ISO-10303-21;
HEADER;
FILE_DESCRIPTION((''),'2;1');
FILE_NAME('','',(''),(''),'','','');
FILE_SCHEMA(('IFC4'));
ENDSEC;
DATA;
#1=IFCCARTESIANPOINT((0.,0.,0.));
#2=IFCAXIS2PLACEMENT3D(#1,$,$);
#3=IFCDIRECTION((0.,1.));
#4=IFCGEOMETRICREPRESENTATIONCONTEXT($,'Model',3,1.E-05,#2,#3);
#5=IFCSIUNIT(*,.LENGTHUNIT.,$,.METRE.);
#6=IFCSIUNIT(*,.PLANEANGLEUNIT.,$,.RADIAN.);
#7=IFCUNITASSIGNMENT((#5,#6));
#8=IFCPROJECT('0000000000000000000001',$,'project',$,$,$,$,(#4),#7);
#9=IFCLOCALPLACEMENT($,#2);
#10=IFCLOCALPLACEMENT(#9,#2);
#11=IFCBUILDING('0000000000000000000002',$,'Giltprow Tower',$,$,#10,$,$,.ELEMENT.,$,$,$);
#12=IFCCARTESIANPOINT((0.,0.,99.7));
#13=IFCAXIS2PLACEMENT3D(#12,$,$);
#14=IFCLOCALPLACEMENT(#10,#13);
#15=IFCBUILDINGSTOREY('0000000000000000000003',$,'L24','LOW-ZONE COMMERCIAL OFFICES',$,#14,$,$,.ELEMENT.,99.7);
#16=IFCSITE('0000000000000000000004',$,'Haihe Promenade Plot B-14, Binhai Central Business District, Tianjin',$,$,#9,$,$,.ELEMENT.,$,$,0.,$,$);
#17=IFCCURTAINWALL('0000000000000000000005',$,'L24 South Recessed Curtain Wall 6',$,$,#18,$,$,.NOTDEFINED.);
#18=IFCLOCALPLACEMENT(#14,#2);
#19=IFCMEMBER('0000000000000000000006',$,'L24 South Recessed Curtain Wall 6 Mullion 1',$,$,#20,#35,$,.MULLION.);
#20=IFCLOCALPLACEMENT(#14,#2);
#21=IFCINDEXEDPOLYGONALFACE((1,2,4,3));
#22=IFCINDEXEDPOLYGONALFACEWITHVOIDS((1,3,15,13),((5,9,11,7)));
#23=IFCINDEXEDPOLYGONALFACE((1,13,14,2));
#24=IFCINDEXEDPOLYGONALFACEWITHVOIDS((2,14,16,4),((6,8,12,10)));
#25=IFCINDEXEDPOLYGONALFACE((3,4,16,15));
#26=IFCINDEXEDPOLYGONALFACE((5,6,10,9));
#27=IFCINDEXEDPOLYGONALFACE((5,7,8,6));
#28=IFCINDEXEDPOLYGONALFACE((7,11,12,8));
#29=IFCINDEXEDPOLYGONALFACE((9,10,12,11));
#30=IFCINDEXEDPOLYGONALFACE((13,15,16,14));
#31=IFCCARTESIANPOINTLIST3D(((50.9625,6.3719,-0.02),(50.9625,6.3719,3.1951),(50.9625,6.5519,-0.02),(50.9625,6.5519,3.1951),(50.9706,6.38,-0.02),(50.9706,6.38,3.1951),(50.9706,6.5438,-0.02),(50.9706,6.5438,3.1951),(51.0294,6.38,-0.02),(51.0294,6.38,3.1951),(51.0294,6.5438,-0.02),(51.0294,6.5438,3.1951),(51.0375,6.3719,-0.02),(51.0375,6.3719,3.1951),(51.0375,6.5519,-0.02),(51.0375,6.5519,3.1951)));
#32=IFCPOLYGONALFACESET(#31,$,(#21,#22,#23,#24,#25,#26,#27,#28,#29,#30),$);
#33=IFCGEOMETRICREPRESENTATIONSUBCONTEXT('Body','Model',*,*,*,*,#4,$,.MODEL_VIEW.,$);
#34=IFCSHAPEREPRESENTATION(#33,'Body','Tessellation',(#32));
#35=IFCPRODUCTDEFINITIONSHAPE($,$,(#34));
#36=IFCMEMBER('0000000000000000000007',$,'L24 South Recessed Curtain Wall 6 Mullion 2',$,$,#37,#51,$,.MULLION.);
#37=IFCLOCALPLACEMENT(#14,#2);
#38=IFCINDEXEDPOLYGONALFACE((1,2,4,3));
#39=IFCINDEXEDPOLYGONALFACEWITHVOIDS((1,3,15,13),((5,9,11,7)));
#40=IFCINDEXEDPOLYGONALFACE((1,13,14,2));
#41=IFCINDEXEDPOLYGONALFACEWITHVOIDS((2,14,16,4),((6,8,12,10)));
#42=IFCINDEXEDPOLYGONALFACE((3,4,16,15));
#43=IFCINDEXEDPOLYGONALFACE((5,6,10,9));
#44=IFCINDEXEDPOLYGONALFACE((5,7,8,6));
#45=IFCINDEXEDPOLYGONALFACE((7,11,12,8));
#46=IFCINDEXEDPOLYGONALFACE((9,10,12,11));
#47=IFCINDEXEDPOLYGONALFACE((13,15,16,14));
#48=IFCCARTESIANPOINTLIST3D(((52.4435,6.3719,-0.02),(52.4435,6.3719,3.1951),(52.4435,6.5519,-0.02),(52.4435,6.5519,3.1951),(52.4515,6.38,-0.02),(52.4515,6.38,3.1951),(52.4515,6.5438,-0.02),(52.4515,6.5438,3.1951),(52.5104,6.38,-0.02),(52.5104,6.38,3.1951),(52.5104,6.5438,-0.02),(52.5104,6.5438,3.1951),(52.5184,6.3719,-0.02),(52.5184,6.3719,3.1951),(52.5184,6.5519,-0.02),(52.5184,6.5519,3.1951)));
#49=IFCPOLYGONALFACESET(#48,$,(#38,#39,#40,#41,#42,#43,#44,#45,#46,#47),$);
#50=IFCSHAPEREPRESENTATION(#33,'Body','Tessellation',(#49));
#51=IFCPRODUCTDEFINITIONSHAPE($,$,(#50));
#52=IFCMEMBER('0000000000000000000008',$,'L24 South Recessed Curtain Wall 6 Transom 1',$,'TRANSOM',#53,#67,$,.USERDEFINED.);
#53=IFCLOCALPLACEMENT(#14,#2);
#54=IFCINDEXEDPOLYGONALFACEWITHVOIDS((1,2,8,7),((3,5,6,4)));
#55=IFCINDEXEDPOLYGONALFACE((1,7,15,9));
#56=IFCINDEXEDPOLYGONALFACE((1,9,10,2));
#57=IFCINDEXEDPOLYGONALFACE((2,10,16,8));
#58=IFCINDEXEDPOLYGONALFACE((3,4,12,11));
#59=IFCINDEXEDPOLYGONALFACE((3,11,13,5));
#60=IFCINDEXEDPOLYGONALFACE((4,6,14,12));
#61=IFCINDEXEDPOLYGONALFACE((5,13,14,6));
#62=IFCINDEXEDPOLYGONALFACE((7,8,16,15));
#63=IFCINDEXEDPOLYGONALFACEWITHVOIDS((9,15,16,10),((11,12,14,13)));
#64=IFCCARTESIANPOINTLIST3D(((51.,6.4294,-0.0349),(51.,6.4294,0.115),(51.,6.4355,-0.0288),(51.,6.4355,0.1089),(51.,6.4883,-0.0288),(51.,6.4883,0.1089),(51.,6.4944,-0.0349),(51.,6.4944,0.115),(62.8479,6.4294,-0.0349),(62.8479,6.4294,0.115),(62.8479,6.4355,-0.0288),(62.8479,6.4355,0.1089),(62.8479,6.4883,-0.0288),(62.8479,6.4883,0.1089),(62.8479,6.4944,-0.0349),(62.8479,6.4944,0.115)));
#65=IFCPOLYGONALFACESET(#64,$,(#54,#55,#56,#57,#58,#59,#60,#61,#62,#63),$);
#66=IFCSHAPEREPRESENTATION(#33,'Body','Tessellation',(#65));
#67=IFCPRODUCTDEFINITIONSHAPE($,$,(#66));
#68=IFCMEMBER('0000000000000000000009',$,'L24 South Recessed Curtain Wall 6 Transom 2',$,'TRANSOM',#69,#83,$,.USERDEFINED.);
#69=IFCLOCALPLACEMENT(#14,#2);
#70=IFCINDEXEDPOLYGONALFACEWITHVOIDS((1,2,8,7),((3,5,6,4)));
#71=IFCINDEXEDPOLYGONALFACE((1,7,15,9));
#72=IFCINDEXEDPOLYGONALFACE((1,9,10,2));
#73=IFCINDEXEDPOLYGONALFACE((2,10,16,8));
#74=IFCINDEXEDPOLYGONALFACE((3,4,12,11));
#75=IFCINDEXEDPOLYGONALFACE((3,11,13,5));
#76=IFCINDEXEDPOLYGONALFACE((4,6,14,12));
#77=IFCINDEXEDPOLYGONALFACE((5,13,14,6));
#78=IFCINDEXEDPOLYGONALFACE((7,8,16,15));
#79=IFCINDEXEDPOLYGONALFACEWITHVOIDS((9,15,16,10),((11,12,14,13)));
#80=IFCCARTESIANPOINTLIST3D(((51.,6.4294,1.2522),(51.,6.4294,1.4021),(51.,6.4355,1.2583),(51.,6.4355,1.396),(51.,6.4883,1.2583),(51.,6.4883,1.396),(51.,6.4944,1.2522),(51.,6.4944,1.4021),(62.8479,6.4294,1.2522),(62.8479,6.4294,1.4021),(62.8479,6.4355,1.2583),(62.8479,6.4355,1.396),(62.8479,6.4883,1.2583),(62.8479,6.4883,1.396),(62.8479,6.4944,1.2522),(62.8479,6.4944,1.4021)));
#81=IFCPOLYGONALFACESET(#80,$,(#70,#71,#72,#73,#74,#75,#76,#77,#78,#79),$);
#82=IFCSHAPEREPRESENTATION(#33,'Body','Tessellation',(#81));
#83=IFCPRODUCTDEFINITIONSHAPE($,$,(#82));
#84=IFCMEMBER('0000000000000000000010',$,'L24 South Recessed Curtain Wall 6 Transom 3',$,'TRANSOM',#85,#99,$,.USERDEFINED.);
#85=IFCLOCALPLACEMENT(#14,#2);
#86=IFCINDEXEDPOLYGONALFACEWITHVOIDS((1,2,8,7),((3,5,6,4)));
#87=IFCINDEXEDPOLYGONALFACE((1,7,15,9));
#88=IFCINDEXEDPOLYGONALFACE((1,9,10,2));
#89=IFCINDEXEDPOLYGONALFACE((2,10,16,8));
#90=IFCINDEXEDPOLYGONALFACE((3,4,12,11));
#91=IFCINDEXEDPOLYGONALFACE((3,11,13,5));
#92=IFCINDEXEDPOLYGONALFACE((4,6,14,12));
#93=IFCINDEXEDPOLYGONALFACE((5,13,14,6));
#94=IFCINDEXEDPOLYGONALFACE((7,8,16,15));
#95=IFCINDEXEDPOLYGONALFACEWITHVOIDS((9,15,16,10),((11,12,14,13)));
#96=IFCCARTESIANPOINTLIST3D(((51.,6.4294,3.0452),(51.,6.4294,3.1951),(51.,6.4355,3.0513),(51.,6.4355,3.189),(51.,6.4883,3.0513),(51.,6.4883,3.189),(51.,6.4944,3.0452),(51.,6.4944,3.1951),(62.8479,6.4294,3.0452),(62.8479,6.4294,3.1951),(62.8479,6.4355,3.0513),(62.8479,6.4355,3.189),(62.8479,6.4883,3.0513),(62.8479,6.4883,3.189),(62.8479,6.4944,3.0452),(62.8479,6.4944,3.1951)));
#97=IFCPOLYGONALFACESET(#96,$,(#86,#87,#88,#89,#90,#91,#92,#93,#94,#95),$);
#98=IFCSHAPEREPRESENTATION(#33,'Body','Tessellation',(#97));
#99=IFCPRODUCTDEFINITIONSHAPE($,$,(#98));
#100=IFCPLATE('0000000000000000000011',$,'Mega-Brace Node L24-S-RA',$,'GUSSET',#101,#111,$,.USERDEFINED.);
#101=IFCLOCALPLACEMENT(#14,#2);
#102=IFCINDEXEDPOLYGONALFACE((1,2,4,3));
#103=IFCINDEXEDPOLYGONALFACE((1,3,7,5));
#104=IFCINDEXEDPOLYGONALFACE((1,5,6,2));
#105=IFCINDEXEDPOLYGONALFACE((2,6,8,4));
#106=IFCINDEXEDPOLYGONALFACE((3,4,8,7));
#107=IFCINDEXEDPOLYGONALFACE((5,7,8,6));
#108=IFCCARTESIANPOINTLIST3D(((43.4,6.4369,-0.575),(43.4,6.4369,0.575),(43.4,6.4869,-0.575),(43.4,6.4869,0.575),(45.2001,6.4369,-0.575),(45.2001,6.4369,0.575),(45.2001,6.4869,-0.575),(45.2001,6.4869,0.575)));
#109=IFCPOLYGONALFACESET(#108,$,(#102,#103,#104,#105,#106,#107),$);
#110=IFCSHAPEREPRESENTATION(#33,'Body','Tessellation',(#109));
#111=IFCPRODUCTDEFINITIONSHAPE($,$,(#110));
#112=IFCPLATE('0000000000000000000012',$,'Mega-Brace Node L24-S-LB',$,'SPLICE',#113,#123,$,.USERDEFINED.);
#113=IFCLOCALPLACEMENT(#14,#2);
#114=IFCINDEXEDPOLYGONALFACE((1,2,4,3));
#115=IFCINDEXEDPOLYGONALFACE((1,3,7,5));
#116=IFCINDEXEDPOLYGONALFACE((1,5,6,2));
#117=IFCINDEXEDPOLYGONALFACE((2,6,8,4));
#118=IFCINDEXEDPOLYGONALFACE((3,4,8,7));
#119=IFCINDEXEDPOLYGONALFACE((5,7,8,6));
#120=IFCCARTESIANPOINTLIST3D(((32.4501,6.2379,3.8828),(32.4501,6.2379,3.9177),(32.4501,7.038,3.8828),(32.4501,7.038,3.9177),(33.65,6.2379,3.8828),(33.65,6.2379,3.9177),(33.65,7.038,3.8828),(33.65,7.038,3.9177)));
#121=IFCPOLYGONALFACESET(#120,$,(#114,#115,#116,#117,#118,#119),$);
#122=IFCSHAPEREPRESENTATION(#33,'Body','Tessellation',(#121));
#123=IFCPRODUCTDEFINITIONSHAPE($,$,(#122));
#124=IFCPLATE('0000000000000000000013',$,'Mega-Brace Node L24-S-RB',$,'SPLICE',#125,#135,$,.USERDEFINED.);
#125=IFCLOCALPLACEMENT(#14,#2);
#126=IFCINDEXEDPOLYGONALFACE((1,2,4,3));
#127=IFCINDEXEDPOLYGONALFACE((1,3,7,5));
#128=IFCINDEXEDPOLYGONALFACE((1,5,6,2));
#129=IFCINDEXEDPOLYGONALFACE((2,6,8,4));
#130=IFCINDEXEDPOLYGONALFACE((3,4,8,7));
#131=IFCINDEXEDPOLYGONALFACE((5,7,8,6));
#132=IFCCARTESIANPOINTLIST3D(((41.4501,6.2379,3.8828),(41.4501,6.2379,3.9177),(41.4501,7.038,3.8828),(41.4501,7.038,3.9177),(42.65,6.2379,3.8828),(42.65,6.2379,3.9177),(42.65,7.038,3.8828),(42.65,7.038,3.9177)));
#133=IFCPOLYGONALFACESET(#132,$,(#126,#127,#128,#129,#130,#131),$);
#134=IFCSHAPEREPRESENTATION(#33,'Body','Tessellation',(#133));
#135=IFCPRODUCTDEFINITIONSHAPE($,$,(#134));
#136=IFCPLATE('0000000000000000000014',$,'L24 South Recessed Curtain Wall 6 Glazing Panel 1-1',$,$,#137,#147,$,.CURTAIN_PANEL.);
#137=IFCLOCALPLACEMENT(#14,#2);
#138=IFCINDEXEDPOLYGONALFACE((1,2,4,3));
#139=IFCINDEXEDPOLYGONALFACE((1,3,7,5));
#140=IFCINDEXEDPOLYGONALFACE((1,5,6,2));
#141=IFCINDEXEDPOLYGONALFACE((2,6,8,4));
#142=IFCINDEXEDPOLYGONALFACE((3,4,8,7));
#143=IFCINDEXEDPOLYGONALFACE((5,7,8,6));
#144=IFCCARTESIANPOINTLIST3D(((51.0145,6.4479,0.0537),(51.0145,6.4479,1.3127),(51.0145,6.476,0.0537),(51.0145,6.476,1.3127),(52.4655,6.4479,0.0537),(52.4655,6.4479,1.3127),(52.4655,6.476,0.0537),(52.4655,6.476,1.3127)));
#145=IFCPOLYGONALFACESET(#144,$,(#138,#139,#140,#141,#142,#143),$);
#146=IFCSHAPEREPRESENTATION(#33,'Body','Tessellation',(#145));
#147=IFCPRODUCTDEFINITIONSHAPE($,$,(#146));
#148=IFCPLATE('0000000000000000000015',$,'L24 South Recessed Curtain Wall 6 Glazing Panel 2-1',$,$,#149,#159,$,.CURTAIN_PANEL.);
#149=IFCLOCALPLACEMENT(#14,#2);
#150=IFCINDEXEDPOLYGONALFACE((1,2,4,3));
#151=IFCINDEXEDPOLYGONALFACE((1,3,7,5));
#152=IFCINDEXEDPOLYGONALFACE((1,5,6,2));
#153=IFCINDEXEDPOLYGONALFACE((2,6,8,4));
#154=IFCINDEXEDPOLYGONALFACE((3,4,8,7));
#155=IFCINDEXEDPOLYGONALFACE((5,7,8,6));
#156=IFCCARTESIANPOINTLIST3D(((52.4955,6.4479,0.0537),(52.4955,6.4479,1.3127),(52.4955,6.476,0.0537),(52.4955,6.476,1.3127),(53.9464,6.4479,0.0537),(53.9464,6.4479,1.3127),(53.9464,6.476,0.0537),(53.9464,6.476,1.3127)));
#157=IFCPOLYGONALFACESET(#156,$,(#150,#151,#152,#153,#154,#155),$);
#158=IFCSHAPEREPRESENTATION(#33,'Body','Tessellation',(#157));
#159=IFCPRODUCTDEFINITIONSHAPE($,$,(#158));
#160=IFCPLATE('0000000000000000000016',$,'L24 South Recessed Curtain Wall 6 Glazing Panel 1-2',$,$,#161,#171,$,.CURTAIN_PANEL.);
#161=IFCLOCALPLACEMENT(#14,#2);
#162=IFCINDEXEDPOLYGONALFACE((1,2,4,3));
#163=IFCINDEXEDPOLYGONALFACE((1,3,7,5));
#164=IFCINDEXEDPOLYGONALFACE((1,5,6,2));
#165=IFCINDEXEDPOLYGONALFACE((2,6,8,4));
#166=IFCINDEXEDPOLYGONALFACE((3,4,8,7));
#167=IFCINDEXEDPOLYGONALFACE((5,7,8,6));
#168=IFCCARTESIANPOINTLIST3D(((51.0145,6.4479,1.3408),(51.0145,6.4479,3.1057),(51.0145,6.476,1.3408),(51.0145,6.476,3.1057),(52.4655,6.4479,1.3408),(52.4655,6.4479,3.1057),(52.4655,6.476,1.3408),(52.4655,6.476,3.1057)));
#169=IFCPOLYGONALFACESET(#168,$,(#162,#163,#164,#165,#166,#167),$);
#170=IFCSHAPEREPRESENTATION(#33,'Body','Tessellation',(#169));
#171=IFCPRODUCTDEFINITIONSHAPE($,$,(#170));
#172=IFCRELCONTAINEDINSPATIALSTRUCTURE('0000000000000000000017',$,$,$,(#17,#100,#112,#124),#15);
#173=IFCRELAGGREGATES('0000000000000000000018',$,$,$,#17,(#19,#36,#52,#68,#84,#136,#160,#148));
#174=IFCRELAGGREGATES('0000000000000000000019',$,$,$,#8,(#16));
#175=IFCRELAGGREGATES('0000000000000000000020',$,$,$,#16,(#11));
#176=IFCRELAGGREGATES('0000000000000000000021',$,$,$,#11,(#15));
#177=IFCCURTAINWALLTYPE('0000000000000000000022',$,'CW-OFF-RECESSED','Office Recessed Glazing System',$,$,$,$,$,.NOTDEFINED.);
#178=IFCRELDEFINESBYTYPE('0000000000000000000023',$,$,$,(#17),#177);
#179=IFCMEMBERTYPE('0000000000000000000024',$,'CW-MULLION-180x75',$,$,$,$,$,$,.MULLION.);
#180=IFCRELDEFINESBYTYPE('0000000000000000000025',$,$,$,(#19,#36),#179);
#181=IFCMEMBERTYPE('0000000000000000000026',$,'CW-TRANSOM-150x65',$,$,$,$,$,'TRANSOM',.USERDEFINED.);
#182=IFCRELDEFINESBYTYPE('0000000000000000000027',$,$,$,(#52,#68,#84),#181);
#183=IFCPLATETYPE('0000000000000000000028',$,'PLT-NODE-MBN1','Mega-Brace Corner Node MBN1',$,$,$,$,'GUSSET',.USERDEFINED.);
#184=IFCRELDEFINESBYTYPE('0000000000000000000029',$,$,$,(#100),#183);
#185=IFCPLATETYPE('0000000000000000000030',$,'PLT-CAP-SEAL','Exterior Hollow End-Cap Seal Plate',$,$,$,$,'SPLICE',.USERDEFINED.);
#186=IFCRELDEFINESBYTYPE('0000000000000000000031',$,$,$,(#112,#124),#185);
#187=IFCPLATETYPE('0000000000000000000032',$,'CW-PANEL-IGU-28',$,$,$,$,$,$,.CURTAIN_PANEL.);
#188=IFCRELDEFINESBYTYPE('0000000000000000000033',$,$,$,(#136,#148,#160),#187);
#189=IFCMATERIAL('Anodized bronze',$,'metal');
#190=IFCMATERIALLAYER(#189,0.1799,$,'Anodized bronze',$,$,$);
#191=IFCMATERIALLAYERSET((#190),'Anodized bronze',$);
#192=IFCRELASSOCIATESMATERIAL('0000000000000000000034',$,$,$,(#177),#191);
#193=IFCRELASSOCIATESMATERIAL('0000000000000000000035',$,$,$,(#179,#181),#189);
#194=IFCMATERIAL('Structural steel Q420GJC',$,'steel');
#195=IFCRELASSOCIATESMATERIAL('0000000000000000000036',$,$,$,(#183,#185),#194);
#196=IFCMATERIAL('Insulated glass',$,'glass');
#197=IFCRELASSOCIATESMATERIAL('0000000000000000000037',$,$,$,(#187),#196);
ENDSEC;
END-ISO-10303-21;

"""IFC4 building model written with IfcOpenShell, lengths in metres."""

from ifc_helpers import new_model, si_unit, direction, frame, origin, origin_2d, place, context, subcontext, project, spatial, rectangle, hollow_rectangle, extrude, source, transform, mapped, material, layer, layer_set, material_profile, profile_set, type_object, element, aggregate, save


model = new_model("IFC4")

# Units and contexts
model_context = context("Model", 3, precision=1e-05, world=origin(), true_north=direction((0.0, 1.0)))
body_context = subcontext(model_context, "Body", "Model", "MODEL_VIEW")
ifc_project = project(units=[si_unit("LENGTHUNIT", "METRE"), si_unit("PLANEANGLEUNIT", "RADIAN")], contexts=[model_context])

# Site, building, storey
site_placement = place(None, origin())
site = spatial("IfcSite", under=ifc_project, at=site_placement, Name="Haihe Promenade Plot B-14, Binhai Central Business District, Tianjin", CompositionType="ELEMENT", RefElevation=0.0)
building_placement = place(site_placement, origin())
building = spatial("IfcBuilding", under=site, at=building_placement, Name="Giltprow Tower", CompositionType="ELEMENT")
storey_placement = place(building_placement, frame((0.0, 0.0, 99.7)))
storey = spatial("IfcBuildingStorey", under=building, at=storey_placement, Name="L24", Description="LOW-ZONE COMMERCIAL OFFICES", CompositionType="ELEMENT", Elevation=99.7)

# Shared definitions
ifc_material_1 = material(Name="Structural steel Q420GJC", Category="steel")

# Curtain wall, members
ifc_material_2 = material(Name="Anodized bronze", Category="metal")
ifc_layer_1 = layer(ifc_material_2, 0.1799, Name="Anodized bronze")
ifc_layer_set_1 = layer_set([ifc_layer_1], Name="Anodized bronze")
curtain_wall_type = type_object("IfcCurtainWallType", Name="CW-OFF-RECESSED", Description="Office Recessed Glazing System", PredefinedType="NOTDEFINED", material=ifc_layer_set_1)
curtain_wall_placement = place(storey_placement, origin())
curtain_wall = element("IfcCurtainWall", 1, at=curtain_wall_placement, inside=storey, type_object=curtain_wall_type, Name="L24 South Recessed Curtain Wall 6", PredefinedType="NOTDEFINED")
ifc_material_profile_1 = material_profile(ifc_material_2, hollow_rectangle(XDim=0.075, YDim=0.1799, WallThickness=0.0081, at=origin_2d()), Name="RHS 180x75x8")
ifc_profile_set_1 = profile_set([ifc_material_profile_1], Name="Anodized bronze")
member_type_1 = type_object("IfcMemberType", Name="CW-MULLION-180x75", PredefinedType="MULLION", material=ifc_profile_set_1)
shared_shape_1 = source(origin(), body_context, "Body", "SweptSolid", [
    extrude(hollow_rectangle(XDim=0.075, YDim=0.1799, WallThickness=0.0081, at=origin_2d()), origin(), (0.0, 0.0, 1.0), 3.2151),
])
member_1_placement = place(storey_placement, frame((51.0, 6.4619, -0.02), z_axis=(0.0, 0.0, 1.0), x_axis=(1.0, 0.0, 0.0)))
member_1 = element("IfcMember", 2, at=member_1_placement, type_object=member_type_1, Name="L24 South Recessed Curtain Wall 6 Mullion 1", PredefinedType="MULLION", context=body_context, shape_type="MappedRepresentation", body=[
    mapped(shared_shape_1, transform((0.0, 0.0, 0.0), x_axis=(1.0, 0.0, 0.0), y_axis=(0.0, 1.0, 0.0), z_axis=(0.0, 0.0, 1.0), scale=1.0)),
])
member_2_placement = place(storey_placement, frame((52.481, 6.4619, -0.02), z_axis=(0.0, 0.0, 1.0), x_axis=(1.0, 0.0, 0.0)))
member_2 = element("IfcMember", 3, at=member_2_placement, type_object=member_type_1, Name="L24 South Recessed Curtain Wall 6 Mullion 2", PredefinedType="MULLION", context=body_context, shape_type="MappedRepresentation", body=[
    mapped(shared_shape_1, transform((0.0, 0.0, 0.0), x_axis=(1.0, 0.0, 0.0), y_axis=(0.0, 1.0, 0.0), z_axis=(0.0, 0.0, 1.0), scale=1.0)),
])
ifc_material_profile_2 = material_profile(ifc_material_2, hollow_rectangle(XDim=0.0649, YDim=0.1499, WallThickness=0.0061, at=origin_2d()), Name="RHS 150x65x6")
ifc_profile_set_2 = profile_set([ifc_material_profile_2], Name="Anodized bronze")
member_type_2 = type_object("IfcMemberType", Name="CW-TRANSOM-150x65", ElementType="TRANSOM", PredefinedType="USERDEFINED", material=ifc_profile_set_2)
shared_shape_2 = source(origin(), body_context, "Body", "SweptSolid", [
    extrude(hollow_rectangle(XDim=0.0649, YDim=0.1499, WallThickness=0.0061, at=origin_2d()), origin(), (0.0, 0.0, 1.0), 11.8479),
])
member_3_placement = place(storey_placement, frame((51.0, 6.4619, 0.04), z_axis=(1.0, 0.0, 0.0), x_axis=(0.0, 1.0, 0.0)))
member_3 = element("IfcMember", 4, at=member_3_placement, type_object=member_type_2, Name="L24 South Recessed Curtain Wall 6 Transom 1", ObjectType="TRANSOM", PredefinedType="USERDEFINED", context=body_context, shape_type="MappedRepresentation", body=[
    mapped(shared_shape_2, transform((0.0, 0.0, 0.0), x_axis=(1.0, 0.0, 0.0), y_axis=(0.0, 1.0, 0.0), z_axis=(0.0, 0.0, 1.0), scale=1.0)),
])
member_4_placement = place(storey_placement, frame((51.0, 6.4619, 1.3271), z_axis=(1.0, 0.0, 0.0), x_axis=(0.0, 1.0, 0.0)))
member_4 = element("IfcMember", 5, at=member_4_placement, type_object=member_type_2, Name="L24 South Recessed Curtain Wall 6 Transom 2", ObjectType="TRANSOM", PredefinedType="USERDEFINED", context=body_context, shape_type="MappedRepresentation", body=[
    mapped(shared_shape_2, transform((0.0, 0.0, 0.0), x_axis=(1.0, 0.0, 0.0), y_axis=(0.0, 1.0, 0.0), z_axis=(0.0, 0.0, 1.0), scale=1.0)),
])
member_5_placement = place(storey_placement, frame((51.0, 6.4619, 3.1201), z_axis=(1.0, 0.0, 0.0), x_axis=(0.0, 1.0, 0.0)))
member_5 = element("IfcMember", 6, at=member_5_placement, type_object=member_type_2, Name="L24 South Recessed Curtain Wall 6 Transom 3", ObjectType="TRANSOM", PredefinedType="USERDEFINED", context=body_context, shape_type="MappedRepresentation", body=[
    mapped(shared_shape_2, transform((0.0, 0.0, 0.0), x_axis=(1.0, 0.0, 0.0), y_axis=(0.0, 1.0, 0.0), z_axis=(0.0, 0.0, 1.0), scale=1.0)),
])

# Plates
plate_type_1 = type_object("IfcPlateType", Name="PLT-NODE-MBN1", Description="Mega-Brace Corner Node MBN1", ElementType="GUSSET", PredefinedType="USERDEFINED", material=ifc_material_1)
shared_shape_3 = source(origin(), body_context, "Body", "SweptSolid", [
    extrude(rectangle(XDim=1.8, YDim=0.05, at=origin_2d()), origin(), (0.0, 0.0, 1.0), 1.1499),
])
plate_1_placement = place(storey_placement, frame((44.3, 6.4619, -0.575), z_axis=(0.0, 0.0, 1.0), x_axis=(1.0, 0.0, 0.0)))
element("IfcPlate", 7, at=plate_1_placement, inside=storey, type_object=plate_type_1, Name="Mega-Brace Node L24-S-RA", ObjectType="GUSSET", PredefinedType="USERDEFINED", context=body_context, shape_type="MappedRepresentation", body=[
    mapped(shared_shape_3, transform((0.0, 0.0, 0.0), x_axis=(1.0, 0.0, 0.0), y_axis=(0.0, 1.0, 0.0), z_axis=(0.0, 0.0, 1.0), scale=1.0)),
])
plate_type_2 = type_object("IfcPlateType", Name="PLT-CAP-SEAL", Description="Exterior Hollow End-Cap Seal Plate", ElementType="SPLICE", PredefinedType="USERDEFINED", material=ifc_material_1)
shared_shape_4 = source(origin(), body_context, "Body", "SweptSolid", [
    extrude(rectangle(XDim=1.2, YDim=0.8, at=origin_2d()), origin(), (0.0, 0.0, 1.0), 0.0349),
])
for number, where, z_axis, x_axis, name in (
    (8, (33.05, 6.6379, 3.8828), (0.0, 0.0, 1.0), (1.0, 0.0, 0.0), "Mega-Brace Node L24-S-LB"),
    (9, (42.05, 6.6379, 3.8828), (0.0, 0.0, 1.0), (1.0, 0.0, 0.0), "Mega-Brace Node L24-S-RB"),
):
    element("IfcPlate", number, at=place(storey_placement, frame(where, z_axis=z_axis, x_axis=x_axis)), inside=storey, type_object=plate_type_2, Name=name, ObjectType="SPLICE", PredefinedType="USERDEFINED", context=body_context, shape_type="MappedRepresentation", body=[
        mapped(shared_shape_4, transform((0.0, 0.0, 0.0), x_axis=(1.0, 0.0, 0.0), y_axis=(0.0, 1.0, 0.0), z_axis=(0.0, 0.0, 1.0), scale=1.0)),
    ])

# Plates
ifc_material_3 = material(Name="Insulated glass", Category="glass")
plate_type_3 = type_object("IfcPlateType", Name="CW-PANEL-IGU-28", PredefinedType="CURTAIN_PANEL", material=ifc_material_3)
shared_shape_5 = source(origin(), body_context, "Body", "SweptSolid", [
    extrude(rectangle(XDim=1.4509, YDim=0.0281, at=origin_2d()), origin(), (0.0, 0.0, 1.0), 1.259),
])
plate_2_placement = place(storey_placement, frame((51.74, 6.4619, 0.0537), z_axis=(0.0, 0.0, 1.0), x_axis=(1.0, 0.0, 0.0)))
plate_2 = element("IfcPlate", 10, at=plate_2_placement, type_object=plate_type_3, Name="L24 South Recessed Curtain Wall 6 Glazing Panel 1-1", PredefinedType="CURTAIN_PANEL", context=body_context, shape_type="MappedRepresentation", body=[
    mapped(shared_shape_5, transform((0.0, 0.0, 0.0), x_axis=(1.0, 0.0, 0.0), y_axis=(0.0, 1.0, 0.0), z_axis=(0.0, 0.0, 1.0), scale=1.0)),
])
plate_3_placement = place(storey_placement, frame((53.2209, 6.4619, 0.0537), z_axis=(0.0, 0.0, 1.0), x_axis=(1.0, 0.0, 0.0)))
plate_3 = element("IfcPlate", 11, at=plate_3_placement, type_object=plate_type_3, Name="L24 South Recessed Curtain Wall 6 Glazing Panel 2-1", PredefinedType="CURTAIN_PANEL", context=body_context, shape_type="MappedRepresentation", body=[
    mapped(shared_shape_5, transform((0.0, 0.0, 0.0), x_axis=(1.0, 0.0, 0.0), y_axis=(0.0, 1.0, 0.0), z_axis=(0.0, 0.0, 1.0), scale=1.0)),
])
shared_shape_6 = source(origin(), body_context, "Body", "SweptSolid", [
    extrude(rectangle(XDim=1.4509, YDim=0.0281, at=origin_2d()), origin(), (0.0, 0.0, 1.0), 1.7649),
])
plate_4_placement = place(storey_placement, frame((51.74, 6.4619, 1.3408), z_axis=(0.0, 0.0, 1.0), x_axis=(1.0, 0.0, 0.0)))
plate_4 = element("IfcPlate", 12, at=plate_4_placement, type_object=plate_type_3, Name="L24 South Recessed Curtain Wall 6 Glazing Panel 1-2", PredefinedType="CURTAIN_PANEL", context=body_context, shape_type="MappedRepresentation", body=[
    mapped(shared_shape_6, transform((0.0, 0.0, 0.0), x_axis=(1.0, 0.0, 0.0), y_axis=(0.0, 1.0, 0.0), z_axis=(0.0, 0.0, 1.0), scale=1.0)),
])
aggregate(curtain_wall, [member_1, member_2, member_3, member_4, member_5, plate_2, plate_4, plate_3])

save(model, "model.ifc")
